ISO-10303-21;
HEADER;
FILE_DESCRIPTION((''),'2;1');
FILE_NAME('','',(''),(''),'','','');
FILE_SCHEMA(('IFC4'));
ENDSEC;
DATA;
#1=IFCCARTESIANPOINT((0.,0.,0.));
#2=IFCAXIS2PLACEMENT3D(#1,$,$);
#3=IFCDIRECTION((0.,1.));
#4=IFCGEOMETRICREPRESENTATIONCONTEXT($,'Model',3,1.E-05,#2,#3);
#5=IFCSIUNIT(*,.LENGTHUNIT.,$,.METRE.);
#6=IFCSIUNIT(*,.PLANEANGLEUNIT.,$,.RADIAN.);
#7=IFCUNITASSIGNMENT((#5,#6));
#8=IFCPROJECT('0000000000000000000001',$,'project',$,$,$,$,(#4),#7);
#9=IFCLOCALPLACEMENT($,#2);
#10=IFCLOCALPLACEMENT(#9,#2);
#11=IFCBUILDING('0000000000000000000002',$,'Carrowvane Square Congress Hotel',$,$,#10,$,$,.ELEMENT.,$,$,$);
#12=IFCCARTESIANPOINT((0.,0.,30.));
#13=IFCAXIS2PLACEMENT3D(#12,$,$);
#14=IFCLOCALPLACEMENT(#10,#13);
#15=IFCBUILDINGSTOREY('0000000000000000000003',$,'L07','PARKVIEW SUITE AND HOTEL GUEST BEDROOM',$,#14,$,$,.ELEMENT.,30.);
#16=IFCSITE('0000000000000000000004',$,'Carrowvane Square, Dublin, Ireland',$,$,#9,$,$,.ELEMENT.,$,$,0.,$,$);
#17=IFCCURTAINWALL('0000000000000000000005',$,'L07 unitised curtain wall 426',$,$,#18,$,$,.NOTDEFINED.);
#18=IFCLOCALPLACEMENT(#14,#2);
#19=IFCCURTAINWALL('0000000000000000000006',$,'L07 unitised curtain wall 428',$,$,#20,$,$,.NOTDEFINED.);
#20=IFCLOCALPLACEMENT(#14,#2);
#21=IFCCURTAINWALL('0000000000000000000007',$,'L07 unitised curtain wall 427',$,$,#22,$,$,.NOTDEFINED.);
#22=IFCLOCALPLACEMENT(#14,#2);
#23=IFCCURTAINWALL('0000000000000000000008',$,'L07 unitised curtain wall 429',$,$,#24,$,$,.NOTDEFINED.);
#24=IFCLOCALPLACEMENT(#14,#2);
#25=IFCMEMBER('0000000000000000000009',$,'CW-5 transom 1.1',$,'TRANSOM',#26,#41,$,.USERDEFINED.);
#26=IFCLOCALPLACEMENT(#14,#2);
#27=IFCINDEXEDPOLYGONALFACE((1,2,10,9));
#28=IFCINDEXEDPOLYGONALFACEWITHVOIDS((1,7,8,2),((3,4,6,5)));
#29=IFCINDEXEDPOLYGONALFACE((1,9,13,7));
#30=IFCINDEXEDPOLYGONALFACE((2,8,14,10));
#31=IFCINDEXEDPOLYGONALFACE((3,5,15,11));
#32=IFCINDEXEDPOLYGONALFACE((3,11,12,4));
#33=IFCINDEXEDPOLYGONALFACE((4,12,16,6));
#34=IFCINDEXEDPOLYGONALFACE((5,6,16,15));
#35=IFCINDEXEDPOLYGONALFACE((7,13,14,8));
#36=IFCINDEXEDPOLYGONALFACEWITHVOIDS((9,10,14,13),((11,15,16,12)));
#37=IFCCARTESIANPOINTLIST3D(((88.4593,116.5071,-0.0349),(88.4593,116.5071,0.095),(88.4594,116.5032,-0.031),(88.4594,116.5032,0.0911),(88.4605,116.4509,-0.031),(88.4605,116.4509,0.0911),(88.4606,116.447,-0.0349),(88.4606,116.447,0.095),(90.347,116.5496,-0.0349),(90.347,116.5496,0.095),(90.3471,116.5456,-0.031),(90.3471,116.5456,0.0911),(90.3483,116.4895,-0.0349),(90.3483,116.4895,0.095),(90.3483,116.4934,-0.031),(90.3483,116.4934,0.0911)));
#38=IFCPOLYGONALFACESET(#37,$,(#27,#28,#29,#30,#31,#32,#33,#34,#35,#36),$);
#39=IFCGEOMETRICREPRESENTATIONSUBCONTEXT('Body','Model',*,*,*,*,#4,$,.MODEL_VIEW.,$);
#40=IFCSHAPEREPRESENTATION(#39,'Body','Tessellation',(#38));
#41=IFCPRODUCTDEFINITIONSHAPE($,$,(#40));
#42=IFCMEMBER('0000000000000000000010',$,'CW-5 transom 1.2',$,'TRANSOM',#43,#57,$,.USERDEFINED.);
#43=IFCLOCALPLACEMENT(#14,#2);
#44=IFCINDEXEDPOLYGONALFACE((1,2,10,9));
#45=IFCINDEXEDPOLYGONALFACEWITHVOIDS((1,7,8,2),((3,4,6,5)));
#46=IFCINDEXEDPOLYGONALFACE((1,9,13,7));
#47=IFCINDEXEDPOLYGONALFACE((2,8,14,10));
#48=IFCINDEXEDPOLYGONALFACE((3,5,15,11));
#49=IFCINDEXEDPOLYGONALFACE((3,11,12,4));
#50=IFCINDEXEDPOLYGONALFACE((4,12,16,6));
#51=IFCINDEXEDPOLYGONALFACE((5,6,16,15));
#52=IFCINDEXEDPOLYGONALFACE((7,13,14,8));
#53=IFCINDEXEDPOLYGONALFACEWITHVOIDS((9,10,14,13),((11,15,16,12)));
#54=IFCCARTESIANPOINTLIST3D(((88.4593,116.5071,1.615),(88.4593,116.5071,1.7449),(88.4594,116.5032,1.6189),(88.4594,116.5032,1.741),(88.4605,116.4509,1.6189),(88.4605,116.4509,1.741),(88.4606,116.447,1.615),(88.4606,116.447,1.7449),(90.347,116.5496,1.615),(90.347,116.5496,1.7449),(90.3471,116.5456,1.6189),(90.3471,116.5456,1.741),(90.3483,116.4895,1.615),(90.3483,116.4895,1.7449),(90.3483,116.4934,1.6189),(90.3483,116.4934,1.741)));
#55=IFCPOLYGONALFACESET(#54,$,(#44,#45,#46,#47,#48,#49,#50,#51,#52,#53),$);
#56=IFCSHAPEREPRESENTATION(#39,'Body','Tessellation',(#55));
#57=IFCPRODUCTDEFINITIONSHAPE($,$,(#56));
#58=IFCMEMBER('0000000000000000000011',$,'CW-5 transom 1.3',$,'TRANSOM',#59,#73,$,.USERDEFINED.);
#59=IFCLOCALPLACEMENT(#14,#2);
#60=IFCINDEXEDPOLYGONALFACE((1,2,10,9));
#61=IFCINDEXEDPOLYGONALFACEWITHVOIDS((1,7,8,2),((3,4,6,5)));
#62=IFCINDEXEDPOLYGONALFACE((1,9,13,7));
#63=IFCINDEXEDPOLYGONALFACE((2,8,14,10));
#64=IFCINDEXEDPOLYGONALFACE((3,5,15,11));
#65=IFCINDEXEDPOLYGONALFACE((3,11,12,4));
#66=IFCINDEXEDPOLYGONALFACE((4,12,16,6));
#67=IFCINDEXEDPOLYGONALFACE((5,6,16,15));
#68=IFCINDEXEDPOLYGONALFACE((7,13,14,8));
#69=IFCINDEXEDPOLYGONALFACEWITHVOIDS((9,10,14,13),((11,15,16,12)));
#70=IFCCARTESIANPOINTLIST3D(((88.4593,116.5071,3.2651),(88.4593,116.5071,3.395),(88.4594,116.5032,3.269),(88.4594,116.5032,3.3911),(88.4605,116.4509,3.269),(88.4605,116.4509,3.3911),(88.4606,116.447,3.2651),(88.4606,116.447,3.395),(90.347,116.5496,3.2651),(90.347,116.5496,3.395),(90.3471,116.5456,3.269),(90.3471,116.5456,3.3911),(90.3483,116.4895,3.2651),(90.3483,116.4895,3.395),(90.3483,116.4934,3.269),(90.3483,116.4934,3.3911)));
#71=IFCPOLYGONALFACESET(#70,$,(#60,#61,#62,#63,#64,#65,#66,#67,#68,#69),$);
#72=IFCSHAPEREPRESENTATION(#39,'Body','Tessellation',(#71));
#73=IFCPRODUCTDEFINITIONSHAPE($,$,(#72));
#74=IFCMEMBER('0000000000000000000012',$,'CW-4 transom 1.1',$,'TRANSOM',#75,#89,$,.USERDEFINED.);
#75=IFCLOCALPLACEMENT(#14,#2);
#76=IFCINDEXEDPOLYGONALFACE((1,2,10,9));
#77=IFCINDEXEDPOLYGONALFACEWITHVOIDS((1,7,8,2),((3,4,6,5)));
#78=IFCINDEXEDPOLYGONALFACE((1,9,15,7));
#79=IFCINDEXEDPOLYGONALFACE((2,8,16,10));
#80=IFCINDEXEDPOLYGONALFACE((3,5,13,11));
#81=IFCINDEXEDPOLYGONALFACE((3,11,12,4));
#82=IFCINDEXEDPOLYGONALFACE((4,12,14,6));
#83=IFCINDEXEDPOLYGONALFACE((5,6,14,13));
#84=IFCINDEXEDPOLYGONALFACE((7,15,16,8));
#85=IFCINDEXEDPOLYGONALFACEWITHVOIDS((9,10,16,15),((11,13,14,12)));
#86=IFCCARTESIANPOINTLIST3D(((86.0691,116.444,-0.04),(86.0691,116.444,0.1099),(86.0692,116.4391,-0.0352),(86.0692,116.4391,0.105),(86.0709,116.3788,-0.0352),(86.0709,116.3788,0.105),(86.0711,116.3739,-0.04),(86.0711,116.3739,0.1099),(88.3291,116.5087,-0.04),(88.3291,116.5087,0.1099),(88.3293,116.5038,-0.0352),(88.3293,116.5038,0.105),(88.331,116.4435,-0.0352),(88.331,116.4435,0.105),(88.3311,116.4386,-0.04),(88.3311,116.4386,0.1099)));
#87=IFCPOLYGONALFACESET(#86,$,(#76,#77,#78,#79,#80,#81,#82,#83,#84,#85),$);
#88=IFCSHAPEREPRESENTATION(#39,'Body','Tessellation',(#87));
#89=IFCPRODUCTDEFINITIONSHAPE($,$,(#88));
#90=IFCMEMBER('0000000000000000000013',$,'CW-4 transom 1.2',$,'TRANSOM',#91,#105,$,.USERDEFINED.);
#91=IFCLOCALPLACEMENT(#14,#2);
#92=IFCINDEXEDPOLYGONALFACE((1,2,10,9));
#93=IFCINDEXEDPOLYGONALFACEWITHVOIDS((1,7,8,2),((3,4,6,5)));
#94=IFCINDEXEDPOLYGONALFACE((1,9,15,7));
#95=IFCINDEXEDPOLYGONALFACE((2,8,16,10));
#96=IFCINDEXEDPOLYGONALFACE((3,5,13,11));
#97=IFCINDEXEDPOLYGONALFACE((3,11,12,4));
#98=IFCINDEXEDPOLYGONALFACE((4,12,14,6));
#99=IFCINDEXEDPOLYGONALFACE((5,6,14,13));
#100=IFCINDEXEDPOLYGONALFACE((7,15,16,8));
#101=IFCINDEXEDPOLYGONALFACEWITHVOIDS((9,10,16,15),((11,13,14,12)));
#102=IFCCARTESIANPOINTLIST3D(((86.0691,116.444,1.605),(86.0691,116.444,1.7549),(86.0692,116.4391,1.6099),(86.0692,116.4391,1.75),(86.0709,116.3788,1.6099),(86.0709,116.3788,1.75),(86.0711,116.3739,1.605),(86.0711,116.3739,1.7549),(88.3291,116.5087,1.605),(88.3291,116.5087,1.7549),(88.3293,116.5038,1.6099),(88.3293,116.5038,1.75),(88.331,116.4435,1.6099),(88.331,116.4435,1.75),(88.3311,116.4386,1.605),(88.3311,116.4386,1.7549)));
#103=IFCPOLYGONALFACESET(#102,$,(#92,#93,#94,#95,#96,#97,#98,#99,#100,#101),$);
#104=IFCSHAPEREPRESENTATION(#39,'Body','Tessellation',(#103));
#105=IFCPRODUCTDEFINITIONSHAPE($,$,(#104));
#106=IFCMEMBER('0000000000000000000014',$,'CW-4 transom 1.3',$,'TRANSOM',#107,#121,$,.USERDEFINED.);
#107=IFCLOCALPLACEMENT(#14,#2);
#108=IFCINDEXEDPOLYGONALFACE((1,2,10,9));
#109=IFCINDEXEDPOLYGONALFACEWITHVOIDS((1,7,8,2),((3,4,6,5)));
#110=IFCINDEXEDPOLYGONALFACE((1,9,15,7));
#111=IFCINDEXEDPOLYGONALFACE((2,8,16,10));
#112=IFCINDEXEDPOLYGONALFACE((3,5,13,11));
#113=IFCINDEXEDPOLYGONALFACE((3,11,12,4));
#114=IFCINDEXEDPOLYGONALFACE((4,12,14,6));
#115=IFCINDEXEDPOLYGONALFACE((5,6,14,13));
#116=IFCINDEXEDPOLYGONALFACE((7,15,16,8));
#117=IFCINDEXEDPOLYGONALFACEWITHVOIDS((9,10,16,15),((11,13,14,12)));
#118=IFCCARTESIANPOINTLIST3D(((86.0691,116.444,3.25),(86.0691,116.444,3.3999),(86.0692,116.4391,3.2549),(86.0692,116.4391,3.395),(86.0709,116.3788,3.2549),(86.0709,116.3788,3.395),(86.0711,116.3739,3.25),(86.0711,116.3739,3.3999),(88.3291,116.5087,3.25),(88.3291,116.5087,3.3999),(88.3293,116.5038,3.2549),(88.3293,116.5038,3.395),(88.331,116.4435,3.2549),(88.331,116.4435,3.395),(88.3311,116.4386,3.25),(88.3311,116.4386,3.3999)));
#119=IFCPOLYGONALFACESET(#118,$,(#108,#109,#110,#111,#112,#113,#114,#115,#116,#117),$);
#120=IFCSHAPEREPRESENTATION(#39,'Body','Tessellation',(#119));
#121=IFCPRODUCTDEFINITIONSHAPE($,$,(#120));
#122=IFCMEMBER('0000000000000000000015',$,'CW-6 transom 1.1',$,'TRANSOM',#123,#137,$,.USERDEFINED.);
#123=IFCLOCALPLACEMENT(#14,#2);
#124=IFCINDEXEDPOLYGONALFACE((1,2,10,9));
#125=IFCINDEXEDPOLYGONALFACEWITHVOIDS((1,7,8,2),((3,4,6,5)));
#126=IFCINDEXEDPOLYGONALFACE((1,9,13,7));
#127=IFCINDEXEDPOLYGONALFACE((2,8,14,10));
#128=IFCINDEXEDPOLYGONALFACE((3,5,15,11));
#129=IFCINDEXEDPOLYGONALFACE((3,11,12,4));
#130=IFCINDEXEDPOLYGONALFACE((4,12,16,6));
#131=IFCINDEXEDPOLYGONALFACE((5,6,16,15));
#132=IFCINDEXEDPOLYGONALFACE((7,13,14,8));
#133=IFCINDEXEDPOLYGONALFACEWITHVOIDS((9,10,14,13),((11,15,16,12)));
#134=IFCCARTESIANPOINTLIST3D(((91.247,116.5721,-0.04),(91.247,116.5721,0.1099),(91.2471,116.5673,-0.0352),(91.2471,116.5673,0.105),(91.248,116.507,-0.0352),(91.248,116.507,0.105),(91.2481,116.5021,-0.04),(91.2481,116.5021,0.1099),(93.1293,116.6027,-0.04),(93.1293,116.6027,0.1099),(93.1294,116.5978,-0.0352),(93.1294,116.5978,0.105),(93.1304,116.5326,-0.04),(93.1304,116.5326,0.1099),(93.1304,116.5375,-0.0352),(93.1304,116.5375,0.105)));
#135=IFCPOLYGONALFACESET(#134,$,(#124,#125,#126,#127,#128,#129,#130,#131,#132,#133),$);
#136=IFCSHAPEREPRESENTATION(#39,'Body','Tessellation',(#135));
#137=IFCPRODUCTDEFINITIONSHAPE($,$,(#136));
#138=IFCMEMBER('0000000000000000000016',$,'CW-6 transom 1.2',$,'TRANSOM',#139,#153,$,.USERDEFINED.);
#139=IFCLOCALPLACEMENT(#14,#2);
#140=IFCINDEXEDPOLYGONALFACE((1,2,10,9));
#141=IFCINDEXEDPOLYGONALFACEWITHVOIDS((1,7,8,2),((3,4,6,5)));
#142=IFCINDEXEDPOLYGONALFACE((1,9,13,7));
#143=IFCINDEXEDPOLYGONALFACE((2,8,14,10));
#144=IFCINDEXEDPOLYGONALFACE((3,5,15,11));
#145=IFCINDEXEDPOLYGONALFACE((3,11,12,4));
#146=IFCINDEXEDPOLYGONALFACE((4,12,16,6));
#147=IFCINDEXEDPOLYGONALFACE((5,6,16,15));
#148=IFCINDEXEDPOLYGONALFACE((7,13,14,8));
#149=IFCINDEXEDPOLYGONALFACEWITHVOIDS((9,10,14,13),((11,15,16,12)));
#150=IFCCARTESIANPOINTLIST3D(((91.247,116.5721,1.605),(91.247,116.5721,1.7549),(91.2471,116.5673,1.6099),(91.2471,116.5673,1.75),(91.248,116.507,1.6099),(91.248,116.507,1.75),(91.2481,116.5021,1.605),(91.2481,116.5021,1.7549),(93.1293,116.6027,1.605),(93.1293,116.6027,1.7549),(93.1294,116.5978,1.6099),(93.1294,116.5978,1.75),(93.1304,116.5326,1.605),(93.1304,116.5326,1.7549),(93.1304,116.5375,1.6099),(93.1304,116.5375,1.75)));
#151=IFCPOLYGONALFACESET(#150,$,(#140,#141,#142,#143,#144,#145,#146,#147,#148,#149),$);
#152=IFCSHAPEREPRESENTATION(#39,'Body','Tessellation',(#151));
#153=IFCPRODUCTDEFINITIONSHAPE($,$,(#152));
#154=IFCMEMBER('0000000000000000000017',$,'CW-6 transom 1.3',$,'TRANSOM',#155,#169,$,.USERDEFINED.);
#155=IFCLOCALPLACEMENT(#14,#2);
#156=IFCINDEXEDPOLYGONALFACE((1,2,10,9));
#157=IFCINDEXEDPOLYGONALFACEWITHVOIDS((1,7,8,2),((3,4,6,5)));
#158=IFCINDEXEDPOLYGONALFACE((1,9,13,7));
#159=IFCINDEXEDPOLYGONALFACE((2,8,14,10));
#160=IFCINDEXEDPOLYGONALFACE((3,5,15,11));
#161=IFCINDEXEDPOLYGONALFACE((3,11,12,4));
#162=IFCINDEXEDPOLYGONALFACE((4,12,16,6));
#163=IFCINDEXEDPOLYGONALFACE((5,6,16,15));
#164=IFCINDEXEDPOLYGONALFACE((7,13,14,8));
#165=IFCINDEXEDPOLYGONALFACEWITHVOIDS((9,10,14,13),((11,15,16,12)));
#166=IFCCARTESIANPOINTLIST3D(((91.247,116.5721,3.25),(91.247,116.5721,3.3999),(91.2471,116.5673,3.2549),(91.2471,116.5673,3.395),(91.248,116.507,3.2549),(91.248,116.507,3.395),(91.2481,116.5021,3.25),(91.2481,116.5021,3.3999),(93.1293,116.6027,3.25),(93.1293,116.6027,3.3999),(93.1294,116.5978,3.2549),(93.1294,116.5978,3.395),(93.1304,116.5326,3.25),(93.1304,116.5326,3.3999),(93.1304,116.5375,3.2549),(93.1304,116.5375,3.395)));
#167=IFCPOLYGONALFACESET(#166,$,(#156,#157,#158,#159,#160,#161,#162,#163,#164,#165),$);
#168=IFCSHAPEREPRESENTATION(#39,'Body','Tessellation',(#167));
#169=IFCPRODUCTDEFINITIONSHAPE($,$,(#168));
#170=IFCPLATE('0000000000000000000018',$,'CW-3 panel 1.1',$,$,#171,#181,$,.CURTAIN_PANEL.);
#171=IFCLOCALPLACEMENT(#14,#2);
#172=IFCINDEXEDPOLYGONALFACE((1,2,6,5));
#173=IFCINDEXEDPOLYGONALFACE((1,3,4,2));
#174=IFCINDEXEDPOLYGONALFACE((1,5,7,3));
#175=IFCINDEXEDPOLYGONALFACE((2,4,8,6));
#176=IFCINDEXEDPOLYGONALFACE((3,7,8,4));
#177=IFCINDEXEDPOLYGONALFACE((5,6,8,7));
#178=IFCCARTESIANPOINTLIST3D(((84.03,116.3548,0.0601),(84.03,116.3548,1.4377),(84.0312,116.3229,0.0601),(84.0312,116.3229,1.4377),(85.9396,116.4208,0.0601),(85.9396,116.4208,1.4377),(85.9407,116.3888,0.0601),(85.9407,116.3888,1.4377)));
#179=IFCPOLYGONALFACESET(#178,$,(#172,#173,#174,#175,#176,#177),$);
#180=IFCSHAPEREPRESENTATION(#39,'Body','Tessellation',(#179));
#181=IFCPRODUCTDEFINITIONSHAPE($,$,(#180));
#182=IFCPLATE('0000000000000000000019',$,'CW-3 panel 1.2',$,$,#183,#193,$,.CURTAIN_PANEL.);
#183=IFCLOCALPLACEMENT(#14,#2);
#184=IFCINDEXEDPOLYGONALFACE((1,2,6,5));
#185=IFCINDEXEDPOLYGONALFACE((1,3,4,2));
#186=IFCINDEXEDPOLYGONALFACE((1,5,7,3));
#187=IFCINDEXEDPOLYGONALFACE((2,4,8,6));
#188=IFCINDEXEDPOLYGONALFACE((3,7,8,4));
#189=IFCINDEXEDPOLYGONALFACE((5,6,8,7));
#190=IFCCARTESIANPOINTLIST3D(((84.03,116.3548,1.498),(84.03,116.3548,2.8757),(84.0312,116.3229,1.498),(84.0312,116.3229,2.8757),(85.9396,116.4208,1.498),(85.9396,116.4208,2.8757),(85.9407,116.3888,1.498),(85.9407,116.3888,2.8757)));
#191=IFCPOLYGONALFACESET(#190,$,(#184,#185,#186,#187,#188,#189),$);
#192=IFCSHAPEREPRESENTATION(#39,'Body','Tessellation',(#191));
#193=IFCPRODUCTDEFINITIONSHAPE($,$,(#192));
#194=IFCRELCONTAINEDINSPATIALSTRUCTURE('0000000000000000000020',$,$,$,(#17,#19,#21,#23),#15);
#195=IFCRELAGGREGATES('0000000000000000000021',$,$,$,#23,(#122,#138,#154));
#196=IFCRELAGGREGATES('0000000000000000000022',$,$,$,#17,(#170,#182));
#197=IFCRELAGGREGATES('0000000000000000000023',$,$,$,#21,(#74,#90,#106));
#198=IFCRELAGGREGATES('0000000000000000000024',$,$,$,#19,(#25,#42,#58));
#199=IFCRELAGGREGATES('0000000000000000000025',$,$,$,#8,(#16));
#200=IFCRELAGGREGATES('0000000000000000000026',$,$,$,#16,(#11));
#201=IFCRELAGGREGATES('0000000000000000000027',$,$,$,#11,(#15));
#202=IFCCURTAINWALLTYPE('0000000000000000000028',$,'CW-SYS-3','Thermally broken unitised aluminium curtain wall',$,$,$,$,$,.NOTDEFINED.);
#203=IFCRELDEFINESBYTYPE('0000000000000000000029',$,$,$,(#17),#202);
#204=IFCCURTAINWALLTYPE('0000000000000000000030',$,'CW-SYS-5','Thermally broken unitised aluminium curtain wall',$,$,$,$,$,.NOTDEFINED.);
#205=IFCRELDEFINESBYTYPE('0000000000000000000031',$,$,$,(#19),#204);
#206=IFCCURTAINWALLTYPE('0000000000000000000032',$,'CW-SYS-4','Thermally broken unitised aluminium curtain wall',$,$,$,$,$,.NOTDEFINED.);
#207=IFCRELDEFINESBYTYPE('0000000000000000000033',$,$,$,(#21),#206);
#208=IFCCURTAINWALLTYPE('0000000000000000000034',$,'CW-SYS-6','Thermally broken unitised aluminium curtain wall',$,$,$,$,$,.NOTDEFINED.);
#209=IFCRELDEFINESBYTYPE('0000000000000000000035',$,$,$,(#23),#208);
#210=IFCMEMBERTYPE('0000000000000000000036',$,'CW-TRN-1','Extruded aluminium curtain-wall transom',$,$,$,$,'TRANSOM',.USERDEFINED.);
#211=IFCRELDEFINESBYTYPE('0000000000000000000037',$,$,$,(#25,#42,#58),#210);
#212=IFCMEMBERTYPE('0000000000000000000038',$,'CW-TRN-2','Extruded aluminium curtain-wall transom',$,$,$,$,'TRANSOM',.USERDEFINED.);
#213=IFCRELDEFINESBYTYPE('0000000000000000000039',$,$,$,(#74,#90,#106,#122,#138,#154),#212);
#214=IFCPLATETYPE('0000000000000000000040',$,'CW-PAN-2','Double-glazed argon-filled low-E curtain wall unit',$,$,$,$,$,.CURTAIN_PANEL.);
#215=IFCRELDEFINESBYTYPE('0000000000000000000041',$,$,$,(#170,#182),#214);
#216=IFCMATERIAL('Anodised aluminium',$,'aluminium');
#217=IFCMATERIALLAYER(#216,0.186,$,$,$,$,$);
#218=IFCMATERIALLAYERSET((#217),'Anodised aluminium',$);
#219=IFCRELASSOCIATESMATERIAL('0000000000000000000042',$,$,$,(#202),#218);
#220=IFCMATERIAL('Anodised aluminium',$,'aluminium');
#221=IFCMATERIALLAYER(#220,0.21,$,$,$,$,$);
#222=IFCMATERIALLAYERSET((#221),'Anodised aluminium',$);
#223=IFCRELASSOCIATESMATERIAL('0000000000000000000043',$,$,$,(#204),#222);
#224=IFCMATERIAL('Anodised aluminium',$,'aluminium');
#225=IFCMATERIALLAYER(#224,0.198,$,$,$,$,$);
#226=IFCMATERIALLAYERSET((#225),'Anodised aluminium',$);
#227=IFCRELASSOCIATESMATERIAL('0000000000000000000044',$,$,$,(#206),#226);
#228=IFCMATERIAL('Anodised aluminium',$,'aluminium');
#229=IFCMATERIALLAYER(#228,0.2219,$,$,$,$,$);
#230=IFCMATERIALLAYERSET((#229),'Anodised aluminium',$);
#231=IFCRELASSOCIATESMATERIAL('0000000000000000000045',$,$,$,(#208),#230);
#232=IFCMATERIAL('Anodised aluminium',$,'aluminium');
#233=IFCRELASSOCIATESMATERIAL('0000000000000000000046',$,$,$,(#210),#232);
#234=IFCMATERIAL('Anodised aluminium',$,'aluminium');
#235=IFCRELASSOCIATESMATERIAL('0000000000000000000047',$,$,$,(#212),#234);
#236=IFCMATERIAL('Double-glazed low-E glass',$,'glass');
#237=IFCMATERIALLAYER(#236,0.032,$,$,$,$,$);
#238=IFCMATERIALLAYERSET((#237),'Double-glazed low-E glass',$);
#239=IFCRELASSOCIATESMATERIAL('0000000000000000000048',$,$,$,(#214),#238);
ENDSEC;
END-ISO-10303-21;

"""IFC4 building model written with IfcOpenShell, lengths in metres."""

from ifc_helpers import new_model, si_unit, direction, frame, origin, origin_2d, place, context, subcontext, project, spatial, rectangle, hollow_rectangle, extrude, material, layer, layer_set, material_profile, profile_set, type_object, element, aggregate, save


model = new_model("IFC4")

# Units and contexts
model_context = context("Model", 3, precision=1e-05, world=origin(), true_north=direction((0.0, 1.0)))
body_context = subcontext(model_context, "Body", "Model", "MODEL_VIEW")
ifc_project = project(units=[si_unit("LENGTHUNIT", "METRE"), si_unit("PLANEANGLEUNIT", "RADIAN")], contexts=[model_context])

# Site, building, storey
site_placement = place(None, origin())
site = spatial("IfcSite", under=ifc_project, at=site_placement, Name="Carrowvane Square, Dublin, Ireland", CompositionType="ELEMENT", RefElevation=0.0)
building_placement = place(site_placement, origin())
building = spatial("IfcBuilding", under=site, at=building_placement, Name="Carrowvane Square Congress Hotel", CompositionType="ELEMENT")
storey_placement = place(building_placement, frame((0.0, 0.0, 30.0)))
storey = spatial("IfcBuildingStorey", under=building, at=storey_placement, Name="L07", Description="PARKVIEW SUITE AND HOTEL GUEST BEDROOM", CompositionType="ELEMENT", Elevation=30.0)

# Curtain walls
ifc_material_1 = material(Name="Anodised aluminium", Category="aluminium")
ifc_layer_1 = layer(ifc_material_1, 0.186)
ifc_layer_set_1 = layer_set([ifc_layer_1], Name="Anodised aluminium")
curtain_wall_type_1 = type_object("IfcCurtainWallType", Name="CW-SYS-3", Description="Thermally broken unitised aluminium curtain wall", PredefinedType="NOTDEFINED", material=ifc_layer_set_1)
curtain_wall_1_placement = place(storey_placement, origin())
curtain_wall_1 = element("IfcCurtainWall", 1, at=curtain_wall_1_placement, inside=storey, type_object=curtain_wall_type_1, Name="L07 unitised curtain wall 426", PredefinedType="NOTDEFINED")
ifc_material_2 = material(Name="Anodised aluminium", Category="aluminium")
ifc_layer_2 = layer(ifc_material_2, 0.21)
ifc_layer_set_2 = layer_set([ifc_layer_2], Name="Anodised aluminium")
curtain_wall_type_2 = type_object("IfcCurtainWallType", Name="CW-SYS-5", Description="Thermally broken unitised aluminium curtain wall", PredefinedType="NOTDEFINED", material=ifc_layer_set_2)
curtain_wall_2_placement = place(storey_placement, origin())
curtain_wall_2 = element("IfcCurtainWall", 2, at=curtain_wall_2_placement, inside=storey, type_object=curtain_wall_type_2, Name="L07 unitised curtain wall 428", PredefinedType="NOTDEFINED")
ifc_material_3 = material(Name="Anodised aluminium", Category="aluminium")
ifc_layer_3 = layer(ifc_material_3, 0.198)
ifc_layer_set_3 = layer_set([ifc_layer_3], Name="Anodised aluminium")
curtain_wall_type_3 = type_object("IfcCurtainWallType", Name="CW-SYS-4", Description="Thermally broken unitised aluminium curtain wall", PredefinedType="NOTDEFINED", material=ifc_layer_set_3)
curtain_wall_3_placement = place(storey_placement, origin())
curtain_wall_3 = element("IfcCurtainWall", 3, at=curtain_wall_3_placement, inside=storey, type_object=curtain_wall_type_3, Name="L07 unitised curtain wall 427", PredefinedType="NOTDEFINED")

# Curtain wall
ifc_material_4 = material(Name="Anodised aluminium", Category="aluminium")
ifc_layer_4 = layer(ifc_material_4, 0.2219)
ifc_layer_set_4 = layer_set([ifc_layer_4], Name="Anodised aluminium")
curtain_wall_type_4 = type_object("IfcCurtainWallType", Name="CW-SYS-6", Description="Thermally broken unitised aluminium curtain wall", PredefinedType="NOTDEFINED", material=ifc_layer_set_4)
curtain_wall_4_placement = place(storey_placement, origin())
curtain_wall_4 = element("IfcCurtainWall", 4, at=curtain_wall_4_placement, inside=storey, type_object=curtain_wall_type_4, Name="L07 unitised curtain wall 429", PredefinedType="NOTDEFINED")

# Members
ifc_material_5 = material(Name="Anodised aluminium", Category="aluminium")
ifc_material_profile_1 = material_profile(ifc_material_5, hollow_rectangle(XDim=0.0601, YDim=0.1299, WallThickness=0.0039, at=origin_2d()), Name="CW-TR 60x130x4")
ifc_profile_set_1 = profile_set([ifc_material_profile_1], Name="Anodised aluminium")
member_type_1 = type_object("IfcMemberType", Name="CW-TRN-1", Description="Extruded aluminium curtain-wall transom", ElementType="TRANSOM", PredefinedType="USERDEFINED", material=ifc_profile_set_1)
member_1_placement = place(storey_placement, frame((88.46, 116.4771, 0.03), z_axis=(0.999747, 0.022498, 0.0), x_axis=(-0.022498, 0.999747, 0.0)))
member_1 = element("IfcMember", 5, at=member_1_placement, type_object=member_type_1, Name="CW-5 transom 1.1", ObjectType="TRANSOM", PredefinedType="USERDEFINED", context=body_context, shape_type="SweptSolid", body=[
    extrude(hollow_rectangle(XDim=0.0601, YDim=0.1299, WallThickness=0.0039, at=origin_2d()), origin(), (0.0, 0.0, 1.0), 1.8882),
])
member_2_placement = place(storey_placement, frame((88.46, 116.4771, 1.6799), z_axis=(0.999747, 0.022498, 0.0), x_axis=(-0.022498, 0.999747, 0.0)))
member_2 = element("IfcMember", 6, at=member_2_placement, type_object=member_type_1, Name="CW-5 transom 1.2", ObjectType="TRANSOM", PredefinedType="USERDEFINED", context=body_context, shape_type="SweptSolid", body=[
    extrude(hollow_rectangle(XDim=0.0601, YDim=0.1299, WallThickness=0.0039, at=origin_2d()), origin(), (0.0, 0.0, 1.0), 1.8882),
])
member_3_placement = place(storey_placement, frame((88.46, 116.4771, 3.3301), z_axis=(0.999747, 0.022498, 0.0), x_axis=(-0.022498, 0.999747, 0.0)))
member_3 = element("IfcMember", 7, at=member_3_placement, type_object=member_type_1, Name="CW-5 transom 1.3", ObjectType="TRANSOM", PredefinedType="USERDEFINED", context=body_context, shape_type="SweptSolid", body=[
    extrude(hollow_rectangle(XDim=0.0601, YDim=0.1299, WallThickness=0.0039, at=origin_2d()), origin(), (0.0, 0.0, 1.0), 1.8882),
])
ifc_material_6 = material(Name="Anodised aluminium", Category="aluminium")
ifc_material_profile_2 = material_profile(ifc_material_6, hollow_rectangle(XDim=0.0701, YDim=0.1499, WallThickness=0.0049, at=origin_2d()), Name="CW-TR 70x150x5")
ifc_profile_set_2 = profile_set([ifc_material_profile_2], Name="Anodised aluminium")
member_type_2 = type_object("IfcMemberType", Name="CW-TRN-2", Description="Extruded aluminium curtain-wall transom", ElementType="TRANSOM", PredefinedType="USERDEFINED", material=ifc_profile_set_2)
member_4_placement = place(storey_placement, frame((86.0701, 116.4089, 0.0349), z_axis=(0.99959, 0.028615, 0.0), x_axis=(-0.028615, 0.99959, 0.0)))
member_4 = element("IfcMember", 8, at=member_4_placement, type_object=member_type_2, Name="CW-4 transom 1.1", ObjectType="TRANSOM", PredefinedType="USERDEFINED", context=body_context, shape_type="SweptSolid", body=[
    extrude(hollow_rectangle(XDim=0.0701, YDim=0.1499, WallThickness=0.0049, at=origin_2d()), origin(), (0.0, 0.0, 1.0), 2.261),
])
member_5_placement = place(storey_placement, frame((86.0701, 116.4089, 1.6799), z_axis=(0.99959, 0.028615, 0.0), x_axis=(-0.028615, 0.99959, 0.0)))
member_5 = element("IfcMember", 9, at=member_5_placement, type_object=member_type_2, Name="CW-4 transom 1.2", ObjectType="TRANSOM", PredefinedType="USERDEFINED", context=body_context, shape_type="SweptSolid", body=[
    extrude(hollow_rectangle(XDim=0.0701, YDim=0.1499, WallThickness=0.0049, at=origin_2d()), origin(), (0.0, 0.0, 1.0), 2.261),
])
member_6_placement = place(storey_placement, frame((86.0701, 116.4089, 3.325), z_axis=(0.99959, 0.028615, 0.0), x_axis=(-0.028615, 0.99959, 0.0)))
member_6 = element("IfcMember", 10, at=member_6_placement, type_object=member_type_2, Name="CW-4 transom 1.3", ObjectType="TRANSOM", PredefinedType="USERDEFINED", context=body_context, shape_type="SweptSolid", body=[
    extrude(hollow_rectangle(XDim=0.0701, YDim=0.1499, WallThickness=0.0049, at=origin_2d()), origin(), (0.0, 0.0, 1.0), 2.261),
])
member_7_placement = place(storey_placement, frame((91.2476, 116.5371, 0.0349), z_axis=(0.999869, 0.016211, 0.0), x_axis=(-0.016211, 0.999869, 0.0)))
member_7 = element("IfcMember", 11, at=member_7_placement, type_object=member_type_2, Name="CW-6 transom 1.1", ObjectType="TRANSOM", PredefinedType="USERDEFINED", context=body_context, shape_type="SweptSolid", body=[
    extrude(hollow_rectangle(XDim=0.0701, YDim=0.1499, WallThickness=0.0049, at=origin_2d()), origin(), (0.0, 0.0, 1.0), 1.8826),
])
member_8_placement = place(storey_placement, frame((91.2476, 116.5371, 1.6799), z_axis=(0.999869, 0.016211, 0.0), x_axis=(-0.016211, 0.999869, 0.0)))
member_8 = element("IfcMember", 12, at=member_8_placement, type_object=member_type_2, Name="CW-6 transom 1.2", ObjectType="TRANSOM", PredefinedType="USERDEFINED", context=body_context, shape_type="SweptSolid", body=[
    extrude(hollow_rectangle(XDim=0.0701, YDim=0.1499, WallThickness=0.0049, at=origin_2d()), origin(), (0.0, 0.0, 1.0), 1.8826),
])
member_9_placement = place(storey_placement, frame((91.2476, 116.5371, 3.325), z_axis=(0.999869, 0.016211, 0.0), x_axis=(-0.016211, 0.999869, 0.0)))
member_9 = element("IfcMember", 13, at=member_9_placement, type_object=member_type_2, Name="CW-6 transom 1.3", ObjectType="TRANSOM", PredefinedType="USERDEFINED", context=body_context, shape_type="SweptSolid", body=[
    extrude(hollow_rectangle(XDim=0.0701, YDim=0.1499, WallThickness=0.0049, at=origin_2d()), origin(), (0.0, 0.0, 1.0), 1.8826),
])
aggregate(curtain_wall_4, [member_7, member_8, member_9])

# Plates
ifc_material_7 = material(Name="Double-glazed low-E glass", Category="glass")
ifc_layer_5 = layer(ifc_material_7, 0.032)
ifc_layer_set_5 = layer_set([ifc_layer_5], Name="Double-glazed low-E glass")
plate_type_1 = type_object("IfcPlateType", Name="CW-PAN-2", Description="Double-glazed argon-filled low-E curtain wall unit", PredefinedType="CURTAIN_PANEL", material=ifc_layer_set_5)
plate_1_placement = place(storey_placement, frame((84.9854, 116.3718, 0.0601), z_axis=(0.0, 0.0, 1.0), x_axis=(0.999404, 0.034527, 0.0)))
plate_1 = element("IfcPlate", 14, at=plate_1_placement, type_object=plate_type_1, Name="CW-3 panel 1.1", PredefinedType="CURTAIN_PANEL", context=body_context, shape_type="SweptSolid", body=[
    extrude(rectangle(XDim=1.9106, YDim=0.032, at=origin_2d()), origin(), (0.0, 0.0, 1.0), 1.3777),
])
plate_2_placement = place(storey_placement, frame((84.9854, 116.3718, 1.498), z_axis=(0.0, 0.0, 1.0), x_axis=(0.999404, 0.034527, 0.0)))
plate_2 = element("IfcPlate", 15, at=plate_2_placement, type_object=plate_type_1, Name="CW-3 panel 1.2", PredefinedType="CURTAIN_PANEL", context=body_context, shape_type="SweptSolid", body=[
    extrude(rectangle(XDim=1.9106, YDim=0.032, at=origin_2d()), origin(), (0.0, 0.0, 1.0), 1.3777),
])
aggregate(curtain_wall_1, [plate_1, plate_2])
aggregate(curtain_wall_3, [member_4, member_5, member_6])
aggregate(curtain_wall_2, [member_1, member_2, member_3])

save(model, "model.ifc")
